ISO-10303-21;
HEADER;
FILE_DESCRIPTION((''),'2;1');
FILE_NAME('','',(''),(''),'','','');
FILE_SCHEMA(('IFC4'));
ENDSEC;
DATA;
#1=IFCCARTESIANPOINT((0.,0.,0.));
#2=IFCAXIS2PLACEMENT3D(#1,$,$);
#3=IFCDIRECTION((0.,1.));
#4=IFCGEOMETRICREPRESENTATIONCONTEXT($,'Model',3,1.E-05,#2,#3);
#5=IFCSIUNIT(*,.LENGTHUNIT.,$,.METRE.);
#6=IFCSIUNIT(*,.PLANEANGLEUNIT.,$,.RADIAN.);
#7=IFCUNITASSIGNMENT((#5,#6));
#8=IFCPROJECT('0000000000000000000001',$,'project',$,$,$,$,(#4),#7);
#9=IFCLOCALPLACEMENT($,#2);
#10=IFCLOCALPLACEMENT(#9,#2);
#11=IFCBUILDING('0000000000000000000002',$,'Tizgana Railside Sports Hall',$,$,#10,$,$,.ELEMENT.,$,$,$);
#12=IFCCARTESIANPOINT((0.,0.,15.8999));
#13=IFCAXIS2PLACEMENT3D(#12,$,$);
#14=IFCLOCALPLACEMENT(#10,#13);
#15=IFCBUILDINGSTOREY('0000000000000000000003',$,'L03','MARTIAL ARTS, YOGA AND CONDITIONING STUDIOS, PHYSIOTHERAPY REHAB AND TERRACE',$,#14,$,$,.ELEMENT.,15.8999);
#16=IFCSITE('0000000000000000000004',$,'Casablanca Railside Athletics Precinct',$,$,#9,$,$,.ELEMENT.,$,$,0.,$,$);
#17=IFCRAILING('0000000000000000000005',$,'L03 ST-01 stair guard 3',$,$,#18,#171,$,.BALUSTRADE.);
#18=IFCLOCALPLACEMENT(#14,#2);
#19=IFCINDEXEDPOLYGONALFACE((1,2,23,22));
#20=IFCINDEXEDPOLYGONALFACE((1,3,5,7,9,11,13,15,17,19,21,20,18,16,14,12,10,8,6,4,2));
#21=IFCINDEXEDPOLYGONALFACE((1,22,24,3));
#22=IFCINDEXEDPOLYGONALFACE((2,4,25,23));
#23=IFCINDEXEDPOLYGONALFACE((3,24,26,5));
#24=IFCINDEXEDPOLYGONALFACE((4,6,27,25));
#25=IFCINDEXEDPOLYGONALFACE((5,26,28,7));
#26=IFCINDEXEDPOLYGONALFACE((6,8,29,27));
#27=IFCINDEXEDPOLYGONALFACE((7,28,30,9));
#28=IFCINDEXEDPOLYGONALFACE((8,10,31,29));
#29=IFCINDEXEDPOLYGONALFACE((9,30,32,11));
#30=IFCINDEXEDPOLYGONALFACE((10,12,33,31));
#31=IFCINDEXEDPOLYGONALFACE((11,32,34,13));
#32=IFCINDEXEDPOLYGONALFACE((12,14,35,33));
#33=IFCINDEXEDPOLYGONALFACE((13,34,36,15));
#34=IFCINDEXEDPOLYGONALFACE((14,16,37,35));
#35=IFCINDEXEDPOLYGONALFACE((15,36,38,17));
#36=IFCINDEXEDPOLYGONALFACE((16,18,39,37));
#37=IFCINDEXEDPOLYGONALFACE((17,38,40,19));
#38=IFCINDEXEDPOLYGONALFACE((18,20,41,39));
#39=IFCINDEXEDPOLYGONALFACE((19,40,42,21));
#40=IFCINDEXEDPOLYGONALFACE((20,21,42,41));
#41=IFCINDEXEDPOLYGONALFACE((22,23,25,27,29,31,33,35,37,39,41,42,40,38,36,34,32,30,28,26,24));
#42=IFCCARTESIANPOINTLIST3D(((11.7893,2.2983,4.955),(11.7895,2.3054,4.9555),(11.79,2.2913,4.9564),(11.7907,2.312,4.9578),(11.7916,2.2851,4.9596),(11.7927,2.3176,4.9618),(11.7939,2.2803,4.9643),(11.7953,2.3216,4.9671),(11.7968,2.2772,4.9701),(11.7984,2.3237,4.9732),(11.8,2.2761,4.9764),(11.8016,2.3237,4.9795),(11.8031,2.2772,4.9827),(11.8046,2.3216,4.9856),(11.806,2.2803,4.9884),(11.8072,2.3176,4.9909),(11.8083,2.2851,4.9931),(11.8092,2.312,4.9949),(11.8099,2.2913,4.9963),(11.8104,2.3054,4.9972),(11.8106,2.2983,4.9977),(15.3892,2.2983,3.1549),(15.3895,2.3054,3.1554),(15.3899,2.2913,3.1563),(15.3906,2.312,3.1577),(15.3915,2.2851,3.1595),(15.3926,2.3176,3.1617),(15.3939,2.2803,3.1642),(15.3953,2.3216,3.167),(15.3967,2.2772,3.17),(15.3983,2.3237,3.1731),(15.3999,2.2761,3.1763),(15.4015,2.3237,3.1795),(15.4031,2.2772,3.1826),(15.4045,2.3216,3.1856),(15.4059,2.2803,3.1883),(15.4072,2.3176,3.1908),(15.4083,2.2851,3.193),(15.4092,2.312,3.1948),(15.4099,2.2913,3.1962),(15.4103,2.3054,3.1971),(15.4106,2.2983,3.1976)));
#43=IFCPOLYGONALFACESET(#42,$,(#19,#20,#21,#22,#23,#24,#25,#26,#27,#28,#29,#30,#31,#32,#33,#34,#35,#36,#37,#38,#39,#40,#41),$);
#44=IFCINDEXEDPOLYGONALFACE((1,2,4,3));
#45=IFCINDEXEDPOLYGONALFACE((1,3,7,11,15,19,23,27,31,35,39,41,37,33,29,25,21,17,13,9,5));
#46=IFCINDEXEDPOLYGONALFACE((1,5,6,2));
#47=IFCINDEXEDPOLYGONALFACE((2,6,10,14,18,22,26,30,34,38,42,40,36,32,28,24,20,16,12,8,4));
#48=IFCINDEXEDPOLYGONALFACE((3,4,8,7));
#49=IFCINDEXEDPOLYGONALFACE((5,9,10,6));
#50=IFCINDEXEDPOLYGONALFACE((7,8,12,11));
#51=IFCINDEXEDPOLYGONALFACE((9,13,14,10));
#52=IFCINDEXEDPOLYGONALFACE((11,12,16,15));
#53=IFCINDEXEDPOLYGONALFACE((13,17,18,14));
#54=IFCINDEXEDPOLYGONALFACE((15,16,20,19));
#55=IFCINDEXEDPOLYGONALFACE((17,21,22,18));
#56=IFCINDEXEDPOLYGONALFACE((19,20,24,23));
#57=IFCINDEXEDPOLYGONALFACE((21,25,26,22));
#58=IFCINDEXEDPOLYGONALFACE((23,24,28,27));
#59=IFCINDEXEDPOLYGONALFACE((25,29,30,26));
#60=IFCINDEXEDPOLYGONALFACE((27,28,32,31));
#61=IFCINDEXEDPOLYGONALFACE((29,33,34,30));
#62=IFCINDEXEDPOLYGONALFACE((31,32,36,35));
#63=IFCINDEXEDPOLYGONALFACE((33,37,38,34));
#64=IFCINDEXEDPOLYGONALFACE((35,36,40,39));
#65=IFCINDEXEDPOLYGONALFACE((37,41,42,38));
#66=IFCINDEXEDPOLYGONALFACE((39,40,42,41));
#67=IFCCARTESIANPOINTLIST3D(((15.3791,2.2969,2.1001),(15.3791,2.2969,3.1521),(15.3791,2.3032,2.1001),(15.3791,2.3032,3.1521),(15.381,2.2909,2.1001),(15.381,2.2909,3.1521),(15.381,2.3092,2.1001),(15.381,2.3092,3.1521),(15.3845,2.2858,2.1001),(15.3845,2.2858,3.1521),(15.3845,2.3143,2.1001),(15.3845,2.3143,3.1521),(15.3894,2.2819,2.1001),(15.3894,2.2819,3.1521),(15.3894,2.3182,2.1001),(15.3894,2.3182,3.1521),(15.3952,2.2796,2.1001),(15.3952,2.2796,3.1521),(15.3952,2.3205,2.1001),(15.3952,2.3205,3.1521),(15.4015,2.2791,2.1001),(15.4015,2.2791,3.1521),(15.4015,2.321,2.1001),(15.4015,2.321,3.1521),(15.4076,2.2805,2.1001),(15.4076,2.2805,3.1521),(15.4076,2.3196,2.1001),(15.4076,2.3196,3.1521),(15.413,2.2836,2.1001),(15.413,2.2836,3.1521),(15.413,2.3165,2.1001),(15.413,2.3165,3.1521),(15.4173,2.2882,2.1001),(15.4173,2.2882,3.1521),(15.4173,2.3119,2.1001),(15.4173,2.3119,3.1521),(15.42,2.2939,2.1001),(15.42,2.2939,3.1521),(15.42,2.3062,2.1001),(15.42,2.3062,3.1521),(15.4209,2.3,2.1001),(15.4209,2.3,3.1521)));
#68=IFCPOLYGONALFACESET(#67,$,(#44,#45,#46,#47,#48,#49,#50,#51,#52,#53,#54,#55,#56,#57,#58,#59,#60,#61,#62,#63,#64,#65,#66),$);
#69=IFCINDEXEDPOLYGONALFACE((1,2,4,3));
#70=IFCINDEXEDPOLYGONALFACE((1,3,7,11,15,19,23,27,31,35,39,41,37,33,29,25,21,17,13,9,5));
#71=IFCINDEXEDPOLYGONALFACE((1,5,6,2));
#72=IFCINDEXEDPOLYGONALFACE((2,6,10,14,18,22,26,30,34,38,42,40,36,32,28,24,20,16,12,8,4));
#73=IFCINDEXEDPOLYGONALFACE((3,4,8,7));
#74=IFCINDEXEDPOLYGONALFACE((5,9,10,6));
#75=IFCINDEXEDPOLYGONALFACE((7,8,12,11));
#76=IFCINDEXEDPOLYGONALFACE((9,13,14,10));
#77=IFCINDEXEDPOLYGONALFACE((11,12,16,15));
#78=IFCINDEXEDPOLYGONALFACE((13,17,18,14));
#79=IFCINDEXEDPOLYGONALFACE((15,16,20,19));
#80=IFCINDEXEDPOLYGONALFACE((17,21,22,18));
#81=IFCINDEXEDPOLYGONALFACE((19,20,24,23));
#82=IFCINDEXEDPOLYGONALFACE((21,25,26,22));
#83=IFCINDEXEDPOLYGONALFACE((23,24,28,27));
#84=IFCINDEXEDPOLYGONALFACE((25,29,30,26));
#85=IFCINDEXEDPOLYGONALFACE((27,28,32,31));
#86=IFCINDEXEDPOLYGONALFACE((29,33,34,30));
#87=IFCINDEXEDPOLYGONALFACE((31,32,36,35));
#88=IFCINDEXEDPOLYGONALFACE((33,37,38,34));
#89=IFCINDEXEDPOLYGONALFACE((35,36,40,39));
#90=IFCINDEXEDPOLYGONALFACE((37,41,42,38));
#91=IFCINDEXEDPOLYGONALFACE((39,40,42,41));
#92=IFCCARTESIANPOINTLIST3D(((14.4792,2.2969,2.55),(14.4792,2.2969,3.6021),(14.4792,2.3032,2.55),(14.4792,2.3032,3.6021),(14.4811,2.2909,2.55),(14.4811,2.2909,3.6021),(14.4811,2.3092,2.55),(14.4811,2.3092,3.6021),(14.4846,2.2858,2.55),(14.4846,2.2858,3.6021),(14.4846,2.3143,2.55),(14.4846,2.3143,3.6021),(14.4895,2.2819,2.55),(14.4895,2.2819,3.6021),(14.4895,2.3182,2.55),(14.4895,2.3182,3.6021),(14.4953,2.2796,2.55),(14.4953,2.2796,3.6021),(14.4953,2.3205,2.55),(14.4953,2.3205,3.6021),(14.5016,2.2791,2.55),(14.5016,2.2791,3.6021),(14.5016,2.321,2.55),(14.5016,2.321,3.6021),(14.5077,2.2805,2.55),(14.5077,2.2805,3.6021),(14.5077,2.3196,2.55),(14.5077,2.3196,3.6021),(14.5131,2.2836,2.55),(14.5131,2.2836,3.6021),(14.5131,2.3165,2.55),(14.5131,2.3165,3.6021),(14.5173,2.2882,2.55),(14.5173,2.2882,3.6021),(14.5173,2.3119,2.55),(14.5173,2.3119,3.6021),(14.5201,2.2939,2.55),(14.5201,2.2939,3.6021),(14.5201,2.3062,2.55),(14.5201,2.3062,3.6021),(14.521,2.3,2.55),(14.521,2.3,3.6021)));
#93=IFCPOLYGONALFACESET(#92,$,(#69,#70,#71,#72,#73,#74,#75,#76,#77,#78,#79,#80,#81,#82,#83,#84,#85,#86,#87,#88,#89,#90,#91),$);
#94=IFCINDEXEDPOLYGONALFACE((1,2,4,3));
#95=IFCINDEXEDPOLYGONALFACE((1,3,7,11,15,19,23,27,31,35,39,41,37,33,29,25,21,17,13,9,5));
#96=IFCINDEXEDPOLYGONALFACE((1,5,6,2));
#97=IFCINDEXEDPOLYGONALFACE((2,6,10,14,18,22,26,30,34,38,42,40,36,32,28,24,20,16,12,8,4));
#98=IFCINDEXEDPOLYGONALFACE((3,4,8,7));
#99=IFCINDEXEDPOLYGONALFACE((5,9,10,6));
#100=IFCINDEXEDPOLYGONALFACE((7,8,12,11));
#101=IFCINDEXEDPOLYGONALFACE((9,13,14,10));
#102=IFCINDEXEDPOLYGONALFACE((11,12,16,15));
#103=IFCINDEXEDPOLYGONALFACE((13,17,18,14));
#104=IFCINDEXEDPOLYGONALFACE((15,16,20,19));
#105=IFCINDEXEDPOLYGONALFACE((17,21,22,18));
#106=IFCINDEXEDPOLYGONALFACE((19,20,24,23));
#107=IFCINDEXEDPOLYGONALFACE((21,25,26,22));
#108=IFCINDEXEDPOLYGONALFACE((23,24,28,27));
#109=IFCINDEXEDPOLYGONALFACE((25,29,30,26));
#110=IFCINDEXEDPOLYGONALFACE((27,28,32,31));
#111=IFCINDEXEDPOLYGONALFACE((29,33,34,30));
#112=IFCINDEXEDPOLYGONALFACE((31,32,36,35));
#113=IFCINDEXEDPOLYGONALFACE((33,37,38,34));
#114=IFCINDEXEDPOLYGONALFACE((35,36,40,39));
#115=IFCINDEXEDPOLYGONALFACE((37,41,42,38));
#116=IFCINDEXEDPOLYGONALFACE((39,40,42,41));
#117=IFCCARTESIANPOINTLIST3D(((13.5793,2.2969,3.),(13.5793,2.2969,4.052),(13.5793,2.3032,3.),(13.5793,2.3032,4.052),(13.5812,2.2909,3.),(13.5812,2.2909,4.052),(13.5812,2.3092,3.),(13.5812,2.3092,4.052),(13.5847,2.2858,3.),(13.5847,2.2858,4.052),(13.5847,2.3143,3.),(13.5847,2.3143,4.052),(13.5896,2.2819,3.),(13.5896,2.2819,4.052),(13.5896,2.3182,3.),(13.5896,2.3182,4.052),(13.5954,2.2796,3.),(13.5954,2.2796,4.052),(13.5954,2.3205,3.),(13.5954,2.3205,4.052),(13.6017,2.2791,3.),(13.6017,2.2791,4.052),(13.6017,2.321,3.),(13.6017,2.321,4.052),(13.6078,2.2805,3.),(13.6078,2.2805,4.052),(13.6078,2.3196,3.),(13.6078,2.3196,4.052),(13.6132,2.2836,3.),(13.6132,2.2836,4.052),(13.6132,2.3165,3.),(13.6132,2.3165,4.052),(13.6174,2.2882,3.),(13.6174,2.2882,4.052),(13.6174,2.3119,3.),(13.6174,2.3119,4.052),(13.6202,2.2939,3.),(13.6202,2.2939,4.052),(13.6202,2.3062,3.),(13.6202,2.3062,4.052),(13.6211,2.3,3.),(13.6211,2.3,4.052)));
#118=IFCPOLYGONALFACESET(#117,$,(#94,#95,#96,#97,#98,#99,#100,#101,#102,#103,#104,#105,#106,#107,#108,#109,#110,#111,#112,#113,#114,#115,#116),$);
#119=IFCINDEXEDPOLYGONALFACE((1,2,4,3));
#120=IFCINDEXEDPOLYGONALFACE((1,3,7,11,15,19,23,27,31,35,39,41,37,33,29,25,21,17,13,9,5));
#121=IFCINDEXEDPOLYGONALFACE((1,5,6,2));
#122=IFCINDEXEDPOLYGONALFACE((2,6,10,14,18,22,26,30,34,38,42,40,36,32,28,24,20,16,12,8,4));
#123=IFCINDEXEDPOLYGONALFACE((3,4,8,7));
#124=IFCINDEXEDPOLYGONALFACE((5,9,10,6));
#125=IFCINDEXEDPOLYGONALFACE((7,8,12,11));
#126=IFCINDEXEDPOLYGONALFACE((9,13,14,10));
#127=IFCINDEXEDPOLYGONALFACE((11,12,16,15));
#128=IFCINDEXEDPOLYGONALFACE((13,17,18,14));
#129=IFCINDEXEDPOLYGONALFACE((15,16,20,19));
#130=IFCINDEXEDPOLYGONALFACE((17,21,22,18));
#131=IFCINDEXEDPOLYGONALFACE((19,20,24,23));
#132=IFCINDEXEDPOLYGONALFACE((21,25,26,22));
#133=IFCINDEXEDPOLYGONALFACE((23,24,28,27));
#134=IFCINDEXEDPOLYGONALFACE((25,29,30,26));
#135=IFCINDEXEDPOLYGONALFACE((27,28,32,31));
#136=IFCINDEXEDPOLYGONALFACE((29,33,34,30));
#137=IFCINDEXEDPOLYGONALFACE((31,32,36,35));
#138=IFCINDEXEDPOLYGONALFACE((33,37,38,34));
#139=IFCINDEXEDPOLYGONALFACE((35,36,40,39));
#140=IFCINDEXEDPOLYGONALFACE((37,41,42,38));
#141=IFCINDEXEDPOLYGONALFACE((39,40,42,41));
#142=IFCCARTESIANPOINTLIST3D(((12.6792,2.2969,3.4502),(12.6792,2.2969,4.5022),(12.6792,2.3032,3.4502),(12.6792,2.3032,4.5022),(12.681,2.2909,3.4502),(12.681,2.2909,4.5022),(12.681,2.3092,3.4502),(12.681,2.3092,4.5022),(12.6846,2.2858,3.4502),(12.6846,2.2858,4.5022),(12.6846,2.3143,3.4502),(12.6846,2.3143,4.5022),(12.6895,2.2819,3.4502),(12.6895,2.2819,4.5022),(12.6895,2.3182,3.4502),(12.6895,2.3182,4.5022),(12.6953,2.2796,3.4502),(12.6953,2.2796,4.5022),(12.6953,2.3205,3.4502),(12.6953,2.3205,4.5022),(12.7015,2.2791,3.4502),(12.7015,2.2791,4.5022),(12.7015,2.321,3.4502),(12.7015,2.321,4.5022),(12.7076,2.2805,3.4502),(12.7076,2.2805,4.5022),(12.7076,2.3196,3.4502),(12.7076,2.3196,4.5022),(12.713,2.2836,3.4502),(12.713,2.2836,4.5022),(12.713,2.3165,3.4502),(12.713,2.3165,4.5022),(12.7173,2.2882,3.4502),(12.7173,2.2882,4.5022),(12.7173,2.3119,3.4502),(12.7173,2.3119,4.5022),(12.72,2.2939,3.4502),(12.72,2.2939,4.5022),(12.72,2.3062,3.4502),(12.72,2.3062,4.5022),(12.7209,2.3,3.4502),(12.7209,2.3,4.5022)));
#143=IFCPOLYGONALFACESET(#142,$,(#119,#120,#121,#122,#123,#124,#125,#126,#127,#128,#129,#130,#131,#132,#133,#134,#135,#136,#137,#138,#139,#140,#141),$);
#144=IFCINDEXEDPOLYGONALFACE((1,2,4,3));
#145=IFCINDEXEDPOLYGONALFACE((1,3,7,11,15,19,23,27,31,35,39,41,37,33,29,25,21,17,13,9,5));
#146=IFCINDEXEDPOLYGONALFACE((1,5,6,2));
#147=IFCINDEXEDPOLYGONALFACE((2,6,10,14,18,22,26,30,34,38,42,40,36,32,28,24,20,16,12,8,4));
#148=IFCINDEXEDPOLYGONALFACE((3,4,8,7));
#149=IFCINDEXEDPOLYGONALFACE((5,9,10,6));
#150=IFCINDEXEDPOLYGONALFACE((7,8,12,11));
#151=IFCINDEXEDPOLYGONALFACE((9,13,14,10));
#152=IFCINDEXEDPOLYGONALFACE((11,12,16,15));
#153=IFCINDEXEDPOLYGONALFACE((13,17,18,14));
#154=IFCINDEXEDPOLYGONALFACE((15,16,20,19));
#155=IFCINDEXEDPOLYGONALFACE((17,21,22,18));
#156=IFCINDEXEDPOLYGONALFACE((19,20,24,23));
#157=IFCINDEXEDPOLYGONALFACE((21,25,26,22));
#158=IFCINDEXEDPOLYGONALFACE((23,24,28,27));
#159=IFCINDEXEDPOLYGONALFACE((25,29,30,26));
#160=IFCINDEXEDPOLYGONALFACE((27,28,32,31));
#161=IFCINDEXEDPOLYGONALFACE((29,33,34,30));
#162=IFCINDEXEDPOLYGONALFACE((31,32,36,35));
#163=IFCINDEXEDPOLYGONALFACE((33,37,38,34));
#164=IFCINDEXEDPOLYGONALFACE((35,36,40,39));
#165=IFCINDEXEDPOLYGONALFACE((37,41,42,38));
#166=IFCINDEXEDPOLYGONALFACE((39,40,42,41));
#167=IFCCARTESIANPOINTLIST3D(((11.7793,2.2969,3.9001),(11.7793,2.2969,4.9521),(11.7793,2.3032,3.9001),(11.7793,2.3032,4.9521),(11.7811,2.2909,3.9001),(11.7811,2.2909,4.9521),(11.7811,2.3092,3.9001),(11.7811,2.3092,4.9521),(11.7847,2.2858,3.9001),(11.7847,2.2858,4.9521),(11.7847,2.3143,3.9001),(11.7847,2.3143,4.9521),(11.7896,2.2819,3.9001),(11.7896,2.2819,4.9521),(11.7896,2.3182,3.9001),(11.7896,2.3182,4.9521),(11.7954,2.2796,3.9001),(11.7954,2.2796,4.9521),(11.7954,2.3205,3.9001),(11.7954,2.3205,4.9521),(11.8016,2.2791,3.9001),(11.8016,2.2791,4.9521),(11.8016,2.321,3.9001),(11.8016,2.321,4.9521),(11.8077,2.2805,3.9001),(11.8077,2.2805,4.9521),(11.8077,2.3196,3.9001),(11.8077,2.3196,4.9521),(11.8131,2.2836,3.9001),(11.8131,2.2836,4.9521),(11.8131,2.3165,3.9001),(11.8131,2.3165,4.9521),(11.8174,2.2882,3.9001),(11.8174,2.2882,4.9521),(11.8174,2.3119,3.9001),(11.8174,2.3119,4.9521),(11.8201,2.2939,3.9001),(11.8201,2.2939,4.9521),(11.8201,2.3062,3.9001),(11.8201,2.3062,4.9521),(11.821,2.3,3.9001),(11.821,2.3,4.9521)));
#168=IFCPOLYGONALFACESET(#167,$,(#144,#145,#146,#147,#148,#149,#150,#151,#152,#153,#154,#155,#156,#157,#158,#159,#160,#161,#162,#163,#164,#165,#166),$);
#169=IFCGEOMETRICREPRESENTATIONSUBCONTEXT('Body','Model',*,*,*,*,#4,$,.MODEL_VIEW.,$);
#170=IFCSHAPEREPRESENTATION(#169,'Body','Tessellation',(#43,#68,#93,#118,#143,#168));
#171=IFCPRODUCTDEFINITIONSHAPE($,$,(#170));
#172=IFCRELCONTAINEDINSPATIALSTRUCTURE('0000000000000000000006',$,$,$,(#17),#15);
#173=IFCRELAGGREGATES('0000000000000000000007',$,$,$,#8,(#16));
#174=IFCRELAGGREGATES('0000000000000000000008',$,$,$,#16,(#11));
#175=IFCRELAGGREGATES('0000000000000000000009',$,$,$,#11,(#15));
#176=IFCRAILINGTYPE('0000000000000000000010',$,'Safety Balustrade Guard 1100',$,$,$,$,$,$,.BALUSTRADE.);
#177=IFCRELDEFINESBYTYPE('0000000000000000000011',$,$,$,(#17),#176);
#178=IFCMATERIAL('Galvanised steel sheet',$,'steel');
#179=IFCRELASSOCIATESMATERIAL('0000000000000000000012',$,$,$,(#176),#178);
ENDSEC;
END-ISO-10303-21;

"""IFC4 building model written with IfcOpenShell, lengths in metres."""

from ifc_helpers import new_model, si_unit, direction, frame, origin, origin_2d, place, context, subcontext, project, spatial, circle, extrude, material, type_object, element, save


model = new_model("IFC4")

# Units and contexts
model_context = context("Model", 3, precision=1e-05, world=origin(), true_north=direction((0.0, 1.0)))
body_context = subcontext(model_context, "Body", "Model", "MODEL_VIEW")
ifc_project = project(units=[si_unit("LENGTHUNIT", "METRE"), si_unit("PLANEANGLEUNIT", "RADIAN")], contexts=[model_context])

# Site, building, storey
site_placement = place(None, origin())
site = spatial("IfcSite", under=ifc_project, at=site_placement, Name="Casablanca Railside Athletics Precinct", CompositionType="ELEMENT", RefElevation=0.0)
building_placement = place(site_placement, origin())
building = spatial("IfcBuilding", under=site, at=building_placement, Name="Tizgana Railside Sports Hall", CompositionType="ELEMENT")
storey_placement = place(building_placement, frame((0.0, 0.0, 15.8999)))
storey = spatial("IfcBuildingStorey", under=building, at=storey_placement, Name="L03", Description="MARTIAL ARTS, YOGA AND CONDITIONING STUDIOS, PHYSIOTHERAPY REHAB AND TERRACE", CompositionType="ELEMENT", Elevation=15.8999)

# Railing
ifc_material_1 = material(Name="Galvanised steel sheet", Category="steel")
railing_type_1 = type_object("IfcRailingType", Name="Safety Balustrade Guard 1100", PredefinedType="BALUSTRADE", material=ifc_material_1)
railing_1_placement = place(storey_placement, frame((15.3999, 2.3, 2.1001)))
element("IfcRailing", 1, at=railing_1_placement, inside=storey, type_object=railing_type_1, Name="L03 ST-01 stair guard 3", PredefinedType="BALUSTRADE", context=body_context, shape_type="SweptSolid", body=[
    extrude(circle(Radius=0.0239, at=origin_2d()), frame((0.0, 0.0, 1.0762), z_axis=(-0.894415, 0.0, 0.447238), x_axis=(0.0, -1.0, 0.0)), (0.0, 0.0, 1.0), 4.0249),
    extrude(circle(Radius=0.021, at=origin_2d()), origin(), (0.0, 0.0, 1.0), 1.052),
    extrude(circle(Radius=0.021, at=origin_2d()), frame((-0.8999, 0.0, 0.45)), (0.0, 0.0, 1.0), 1.052),
    extrude(circle(Radius=0.021, at=origin_2d()), frame((-1.7998, 0.0, 0.8999)), (0.0, 0.0, 1.0), 1.052),
    extrude(circle(Radius=0.021, at=origin_2d()), frame((-2.7, 0.0, 1.3501)), (0.0, 0.0, 1.0), 1.052),
    extrude(circle(Radius=0.021, at=origin_2d()), frame((-3.5999, 0.0, 1.8)), (0.0, 0.0, 1.0), 1.052),
])

save(model, "model.ifc")
